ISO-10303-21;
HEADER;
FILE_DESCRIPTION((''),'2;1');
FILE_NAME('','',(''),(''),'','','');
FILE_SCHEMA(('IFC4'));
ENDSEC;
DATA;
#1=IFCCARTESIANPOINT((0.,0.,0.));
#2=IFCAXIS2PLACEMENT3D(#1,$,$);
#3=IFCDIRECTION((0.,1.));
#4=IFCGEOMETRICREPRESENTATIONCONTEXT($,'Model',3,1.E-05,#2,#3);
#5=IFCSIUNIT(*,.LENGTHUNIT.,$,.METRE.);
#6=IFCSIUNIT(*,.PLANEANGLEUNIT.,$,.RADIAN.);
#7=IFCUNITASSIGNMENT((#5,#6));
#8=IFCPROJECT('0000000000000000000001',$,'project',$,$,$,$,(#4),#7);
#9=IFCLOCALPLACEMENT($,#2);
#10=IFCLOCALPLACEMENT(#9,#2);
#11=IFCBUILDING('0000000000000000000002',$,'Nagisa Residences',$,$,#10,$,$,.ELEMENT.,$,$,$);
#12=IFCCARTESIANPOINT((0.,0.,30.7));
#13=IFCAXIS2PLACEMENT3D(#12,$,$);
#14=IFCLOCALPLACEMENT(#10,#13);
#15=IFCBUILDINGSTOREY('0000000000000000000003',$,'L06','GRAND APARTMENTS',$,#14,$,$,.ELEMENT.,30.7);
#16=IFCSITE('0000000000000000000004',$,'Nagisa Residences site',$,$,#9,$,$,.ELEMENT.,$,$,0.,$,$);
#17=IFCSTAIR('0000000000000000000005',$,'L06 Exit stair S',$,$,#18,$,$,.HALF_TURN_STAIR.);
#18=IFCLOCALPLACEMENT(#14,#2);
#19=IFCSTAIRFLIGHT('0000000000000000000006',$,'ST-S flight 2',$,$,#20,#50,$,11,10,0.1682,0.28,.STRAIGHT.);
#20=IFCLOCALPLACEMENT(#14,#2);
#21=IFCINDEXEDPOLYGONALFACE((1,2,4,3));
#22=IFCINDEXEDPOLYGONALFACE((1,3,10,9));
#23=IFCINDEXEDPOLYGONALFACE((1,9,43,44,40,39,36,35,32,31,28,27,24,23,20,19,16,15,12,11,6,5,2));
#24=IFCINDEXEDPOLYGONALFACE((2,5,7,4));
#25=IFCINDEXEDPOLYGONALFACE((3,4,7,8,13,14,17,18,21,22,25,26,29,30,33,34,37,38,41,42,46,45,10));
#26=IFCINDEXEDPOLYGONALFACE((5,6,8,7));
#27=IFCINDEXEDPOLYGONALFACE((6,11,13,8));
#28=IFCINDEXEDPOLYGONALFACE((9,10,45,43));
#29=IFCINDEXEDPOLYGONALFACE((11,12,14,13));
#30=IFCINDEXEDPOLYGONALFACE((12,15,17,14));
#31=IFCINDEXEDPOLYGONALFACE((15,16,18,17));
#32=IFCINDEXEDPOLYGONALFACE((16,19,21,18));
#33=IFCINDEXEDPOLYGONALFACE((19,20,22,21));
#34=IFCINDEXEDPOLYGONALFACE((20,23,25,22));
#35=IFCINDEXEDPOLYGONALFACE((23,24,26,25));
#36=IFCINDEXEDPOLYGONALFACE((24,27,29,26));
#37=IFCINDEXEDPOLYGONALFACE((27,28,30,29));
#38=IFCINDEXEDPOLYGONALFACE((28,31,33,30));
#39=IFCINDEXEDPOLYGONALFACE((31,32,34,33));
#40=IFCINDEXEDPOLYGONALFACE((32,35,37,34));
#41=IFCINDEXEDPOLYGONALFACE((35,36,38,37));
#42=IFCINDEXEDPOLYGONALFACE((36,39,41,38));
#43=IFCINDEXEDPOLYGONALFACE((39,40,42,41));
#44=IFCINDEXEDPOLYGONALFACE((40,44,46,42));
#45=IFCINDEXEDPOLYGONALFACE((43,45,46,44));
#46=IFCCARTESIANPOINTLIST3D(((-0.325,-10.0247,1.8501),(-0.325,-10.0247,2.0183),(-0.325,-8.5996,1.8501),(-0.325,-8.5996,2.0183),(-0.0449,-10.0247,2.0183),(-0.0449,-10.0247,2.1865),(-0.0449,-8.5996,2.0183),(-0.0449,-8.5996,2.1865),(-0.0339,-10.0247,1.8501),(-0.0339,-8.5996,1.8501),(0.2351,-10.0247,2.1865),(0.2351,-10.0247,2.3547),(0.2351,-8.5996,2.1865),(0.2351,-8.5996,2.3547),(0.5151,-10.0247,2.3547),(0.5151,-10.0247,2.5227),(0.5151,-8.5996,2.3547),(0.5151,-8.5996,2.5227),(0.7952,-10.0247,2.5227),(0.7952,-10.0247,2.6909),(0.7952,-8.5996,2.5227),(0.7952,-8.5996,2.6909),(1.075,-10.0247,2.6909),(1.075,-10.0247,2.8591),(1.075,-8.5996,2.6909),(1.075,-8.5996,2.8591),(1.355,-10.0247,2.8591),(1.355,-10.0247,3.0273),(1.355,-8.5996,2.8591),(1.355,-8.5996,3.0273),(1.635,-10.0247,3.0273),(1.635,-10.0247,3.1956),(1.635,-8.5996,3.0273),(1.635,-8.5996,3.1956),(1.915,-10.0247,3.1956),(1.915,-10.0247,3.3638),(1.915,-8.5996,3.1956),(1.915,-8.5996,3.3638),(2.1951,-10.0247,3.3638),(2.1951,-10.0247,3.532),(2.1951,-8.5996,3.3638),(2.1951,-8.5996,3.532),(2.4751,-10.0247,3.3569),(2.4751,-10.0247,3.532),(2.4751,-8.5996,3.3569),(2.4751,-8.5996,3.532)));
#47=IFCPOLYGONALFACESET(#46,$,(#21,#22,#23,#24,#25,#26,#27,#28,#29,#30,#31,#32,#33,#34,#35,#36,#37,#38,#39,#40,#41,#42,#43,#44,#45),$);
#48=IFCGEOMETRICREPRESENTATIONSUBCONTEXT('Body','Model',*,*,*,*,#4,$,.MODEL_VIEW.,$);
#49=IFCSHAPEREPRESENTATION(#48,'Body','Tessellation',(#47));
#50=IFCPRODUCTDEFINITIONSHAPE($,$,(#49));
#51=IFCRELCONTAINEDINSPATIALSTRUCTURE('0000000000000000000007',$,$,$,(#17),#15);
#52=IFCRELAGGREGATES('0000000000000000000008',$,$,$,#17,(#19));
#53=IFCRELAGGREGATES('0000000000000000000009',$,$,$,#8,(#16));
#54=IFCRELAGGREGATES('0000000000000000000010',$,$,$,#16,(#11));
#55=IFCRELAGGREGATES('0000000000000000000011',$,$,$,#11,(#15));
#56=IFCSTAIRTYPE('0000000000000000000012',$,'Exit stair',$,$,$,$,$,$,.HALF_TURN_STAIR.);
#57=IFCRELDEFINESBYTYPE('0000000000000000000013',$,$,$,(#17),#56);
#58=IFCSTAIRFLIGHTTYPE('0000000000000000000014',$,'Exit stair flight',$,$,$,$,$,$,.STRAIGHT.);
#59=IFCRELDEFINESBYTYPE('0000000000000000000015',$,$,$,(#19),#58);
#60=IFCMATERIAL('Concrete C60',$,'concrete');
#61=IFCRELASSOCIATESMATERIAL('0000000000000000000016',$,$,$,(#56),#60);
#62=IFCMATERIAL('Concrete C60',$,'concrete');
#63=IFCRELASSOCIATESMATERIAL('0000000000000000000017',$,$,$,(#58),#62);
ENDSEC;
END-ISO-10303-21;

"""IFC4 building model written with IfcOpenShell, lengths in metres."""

from ifc_helpers import new_model, si_unit, direction, frame, origin, place, context, subcontext, project, spatial, polyline, outline, extrude, material, type_object, element, aggregate, save


model = new_model("IFC4")

# Units and contexts
model_context = context("Model", 3, precision=1e-05, world=origin(), true_north=direction((0.0, 1.0)))
body_context = subcontext(model_context, "Body", "Model", "MODEL_VIEW")
ifc_project = project(units=[si_unit("LENGTHUNIT", "METRE"), si_unit("PLANEANGLEUNIT", "RADIAN")], contexts=[model_context])

# Site, building, storey
site_placement = place(None, origin())
site = spatial("IfcSite", under=ifc_project, at=site_placement, Name="Nagisa Residences site", CompositionType="ELEMENT", RefElevation=0.0)
building_placement = place(site_placement, origin())
building = spatial("IfcBuilding", under=site, at=building_placement, Name="Nagisa Residences", CompositionType="ELEMENT")
storey_placement = place(building_placement, frame((0.0, 0.0, 30.7)))
storey = spatial("IfcBuildingStorey", under=building, at=storey_placement, Name="L06", Description="GRAND APARTMENTS", CompositionType="ELEMENT", Elevation=30.7)

# Stair, stair flight
ifc_material_1 = material(Name="Concrete C60", Category="concrete")
stair_type = type_object("IfcStairType", Name="Exit stair", PredefinedType="HALF_TURN_STAIR", material=ifc_material_1)
stair_placement = place(storey_placement, origin())
stair = element("IfcStair", 1, at=stair_placement, inside=storey, type_object=stair_type, Name="L06 Exit stair S", PredefinedType="HALF_TURN_STAIR")
ifc_material_2 = material(Name="Concrete C60", Category="concrete")
stair_flight_type = type_object("IfcStairFlightType", Name="Exit stair flight", PredefinedType="STRAIGHT", material=ifc_material_2)
stair_flight_placement = place(storey_placement, frame((-0.325, -9.312, 1.8501), z_axis=(0.0, 0.0, 1.0), x_axis=(1.0, 0.0, 0.0)))
stair_flight = element("IfcStairFlight", 2, at=stair_flight_placement, type_object=stair_flight_type, Name="ST-S flight 2", NumberOfRisers=11, NumberOfTreads=10, PredefinedType="STRAIGHT", RiserHeight=0.1682, TreadLength=0.28, context=body_context, shape_type="SweptSolid", body=[
    extrude(outline(polyline([(0.0, 0.0), (0.0, 0.1682), (0.28, 0.1682), (0.28, 0.3364), (0.5601, 0.3364), (0.5601, 0.5046), (0.8401, 0.5046), (0.8401, 0.6726), (1.1201, 0.6726), (1.1201, 0.8408), (1.3999, 0.8408), (1.3999, 1.009), (1.6799, 1.009), (1.6799, 1.1772), (1.96, 1.1772), (1.96, 1.3455), (2.24, 1.3455), (2.24, 1.5137), (2.52, 1.5137), (2.52, 1.6819), (2.8, 1.6819), (2.8, 1.8501), (2.8, 1.5068), (0.291, 0.0), (0.0, 0.0)])), frame((0.0, 0.7124, 0.0), z_axis=(0.0, -1.0, 0.0), x_axis=(1.0, 0.0, 0.0)), (0.0, 0.0, 1.0), 1.425),
])
aggregate(stair, [stair_flight])

save(model, "model.ifc")
